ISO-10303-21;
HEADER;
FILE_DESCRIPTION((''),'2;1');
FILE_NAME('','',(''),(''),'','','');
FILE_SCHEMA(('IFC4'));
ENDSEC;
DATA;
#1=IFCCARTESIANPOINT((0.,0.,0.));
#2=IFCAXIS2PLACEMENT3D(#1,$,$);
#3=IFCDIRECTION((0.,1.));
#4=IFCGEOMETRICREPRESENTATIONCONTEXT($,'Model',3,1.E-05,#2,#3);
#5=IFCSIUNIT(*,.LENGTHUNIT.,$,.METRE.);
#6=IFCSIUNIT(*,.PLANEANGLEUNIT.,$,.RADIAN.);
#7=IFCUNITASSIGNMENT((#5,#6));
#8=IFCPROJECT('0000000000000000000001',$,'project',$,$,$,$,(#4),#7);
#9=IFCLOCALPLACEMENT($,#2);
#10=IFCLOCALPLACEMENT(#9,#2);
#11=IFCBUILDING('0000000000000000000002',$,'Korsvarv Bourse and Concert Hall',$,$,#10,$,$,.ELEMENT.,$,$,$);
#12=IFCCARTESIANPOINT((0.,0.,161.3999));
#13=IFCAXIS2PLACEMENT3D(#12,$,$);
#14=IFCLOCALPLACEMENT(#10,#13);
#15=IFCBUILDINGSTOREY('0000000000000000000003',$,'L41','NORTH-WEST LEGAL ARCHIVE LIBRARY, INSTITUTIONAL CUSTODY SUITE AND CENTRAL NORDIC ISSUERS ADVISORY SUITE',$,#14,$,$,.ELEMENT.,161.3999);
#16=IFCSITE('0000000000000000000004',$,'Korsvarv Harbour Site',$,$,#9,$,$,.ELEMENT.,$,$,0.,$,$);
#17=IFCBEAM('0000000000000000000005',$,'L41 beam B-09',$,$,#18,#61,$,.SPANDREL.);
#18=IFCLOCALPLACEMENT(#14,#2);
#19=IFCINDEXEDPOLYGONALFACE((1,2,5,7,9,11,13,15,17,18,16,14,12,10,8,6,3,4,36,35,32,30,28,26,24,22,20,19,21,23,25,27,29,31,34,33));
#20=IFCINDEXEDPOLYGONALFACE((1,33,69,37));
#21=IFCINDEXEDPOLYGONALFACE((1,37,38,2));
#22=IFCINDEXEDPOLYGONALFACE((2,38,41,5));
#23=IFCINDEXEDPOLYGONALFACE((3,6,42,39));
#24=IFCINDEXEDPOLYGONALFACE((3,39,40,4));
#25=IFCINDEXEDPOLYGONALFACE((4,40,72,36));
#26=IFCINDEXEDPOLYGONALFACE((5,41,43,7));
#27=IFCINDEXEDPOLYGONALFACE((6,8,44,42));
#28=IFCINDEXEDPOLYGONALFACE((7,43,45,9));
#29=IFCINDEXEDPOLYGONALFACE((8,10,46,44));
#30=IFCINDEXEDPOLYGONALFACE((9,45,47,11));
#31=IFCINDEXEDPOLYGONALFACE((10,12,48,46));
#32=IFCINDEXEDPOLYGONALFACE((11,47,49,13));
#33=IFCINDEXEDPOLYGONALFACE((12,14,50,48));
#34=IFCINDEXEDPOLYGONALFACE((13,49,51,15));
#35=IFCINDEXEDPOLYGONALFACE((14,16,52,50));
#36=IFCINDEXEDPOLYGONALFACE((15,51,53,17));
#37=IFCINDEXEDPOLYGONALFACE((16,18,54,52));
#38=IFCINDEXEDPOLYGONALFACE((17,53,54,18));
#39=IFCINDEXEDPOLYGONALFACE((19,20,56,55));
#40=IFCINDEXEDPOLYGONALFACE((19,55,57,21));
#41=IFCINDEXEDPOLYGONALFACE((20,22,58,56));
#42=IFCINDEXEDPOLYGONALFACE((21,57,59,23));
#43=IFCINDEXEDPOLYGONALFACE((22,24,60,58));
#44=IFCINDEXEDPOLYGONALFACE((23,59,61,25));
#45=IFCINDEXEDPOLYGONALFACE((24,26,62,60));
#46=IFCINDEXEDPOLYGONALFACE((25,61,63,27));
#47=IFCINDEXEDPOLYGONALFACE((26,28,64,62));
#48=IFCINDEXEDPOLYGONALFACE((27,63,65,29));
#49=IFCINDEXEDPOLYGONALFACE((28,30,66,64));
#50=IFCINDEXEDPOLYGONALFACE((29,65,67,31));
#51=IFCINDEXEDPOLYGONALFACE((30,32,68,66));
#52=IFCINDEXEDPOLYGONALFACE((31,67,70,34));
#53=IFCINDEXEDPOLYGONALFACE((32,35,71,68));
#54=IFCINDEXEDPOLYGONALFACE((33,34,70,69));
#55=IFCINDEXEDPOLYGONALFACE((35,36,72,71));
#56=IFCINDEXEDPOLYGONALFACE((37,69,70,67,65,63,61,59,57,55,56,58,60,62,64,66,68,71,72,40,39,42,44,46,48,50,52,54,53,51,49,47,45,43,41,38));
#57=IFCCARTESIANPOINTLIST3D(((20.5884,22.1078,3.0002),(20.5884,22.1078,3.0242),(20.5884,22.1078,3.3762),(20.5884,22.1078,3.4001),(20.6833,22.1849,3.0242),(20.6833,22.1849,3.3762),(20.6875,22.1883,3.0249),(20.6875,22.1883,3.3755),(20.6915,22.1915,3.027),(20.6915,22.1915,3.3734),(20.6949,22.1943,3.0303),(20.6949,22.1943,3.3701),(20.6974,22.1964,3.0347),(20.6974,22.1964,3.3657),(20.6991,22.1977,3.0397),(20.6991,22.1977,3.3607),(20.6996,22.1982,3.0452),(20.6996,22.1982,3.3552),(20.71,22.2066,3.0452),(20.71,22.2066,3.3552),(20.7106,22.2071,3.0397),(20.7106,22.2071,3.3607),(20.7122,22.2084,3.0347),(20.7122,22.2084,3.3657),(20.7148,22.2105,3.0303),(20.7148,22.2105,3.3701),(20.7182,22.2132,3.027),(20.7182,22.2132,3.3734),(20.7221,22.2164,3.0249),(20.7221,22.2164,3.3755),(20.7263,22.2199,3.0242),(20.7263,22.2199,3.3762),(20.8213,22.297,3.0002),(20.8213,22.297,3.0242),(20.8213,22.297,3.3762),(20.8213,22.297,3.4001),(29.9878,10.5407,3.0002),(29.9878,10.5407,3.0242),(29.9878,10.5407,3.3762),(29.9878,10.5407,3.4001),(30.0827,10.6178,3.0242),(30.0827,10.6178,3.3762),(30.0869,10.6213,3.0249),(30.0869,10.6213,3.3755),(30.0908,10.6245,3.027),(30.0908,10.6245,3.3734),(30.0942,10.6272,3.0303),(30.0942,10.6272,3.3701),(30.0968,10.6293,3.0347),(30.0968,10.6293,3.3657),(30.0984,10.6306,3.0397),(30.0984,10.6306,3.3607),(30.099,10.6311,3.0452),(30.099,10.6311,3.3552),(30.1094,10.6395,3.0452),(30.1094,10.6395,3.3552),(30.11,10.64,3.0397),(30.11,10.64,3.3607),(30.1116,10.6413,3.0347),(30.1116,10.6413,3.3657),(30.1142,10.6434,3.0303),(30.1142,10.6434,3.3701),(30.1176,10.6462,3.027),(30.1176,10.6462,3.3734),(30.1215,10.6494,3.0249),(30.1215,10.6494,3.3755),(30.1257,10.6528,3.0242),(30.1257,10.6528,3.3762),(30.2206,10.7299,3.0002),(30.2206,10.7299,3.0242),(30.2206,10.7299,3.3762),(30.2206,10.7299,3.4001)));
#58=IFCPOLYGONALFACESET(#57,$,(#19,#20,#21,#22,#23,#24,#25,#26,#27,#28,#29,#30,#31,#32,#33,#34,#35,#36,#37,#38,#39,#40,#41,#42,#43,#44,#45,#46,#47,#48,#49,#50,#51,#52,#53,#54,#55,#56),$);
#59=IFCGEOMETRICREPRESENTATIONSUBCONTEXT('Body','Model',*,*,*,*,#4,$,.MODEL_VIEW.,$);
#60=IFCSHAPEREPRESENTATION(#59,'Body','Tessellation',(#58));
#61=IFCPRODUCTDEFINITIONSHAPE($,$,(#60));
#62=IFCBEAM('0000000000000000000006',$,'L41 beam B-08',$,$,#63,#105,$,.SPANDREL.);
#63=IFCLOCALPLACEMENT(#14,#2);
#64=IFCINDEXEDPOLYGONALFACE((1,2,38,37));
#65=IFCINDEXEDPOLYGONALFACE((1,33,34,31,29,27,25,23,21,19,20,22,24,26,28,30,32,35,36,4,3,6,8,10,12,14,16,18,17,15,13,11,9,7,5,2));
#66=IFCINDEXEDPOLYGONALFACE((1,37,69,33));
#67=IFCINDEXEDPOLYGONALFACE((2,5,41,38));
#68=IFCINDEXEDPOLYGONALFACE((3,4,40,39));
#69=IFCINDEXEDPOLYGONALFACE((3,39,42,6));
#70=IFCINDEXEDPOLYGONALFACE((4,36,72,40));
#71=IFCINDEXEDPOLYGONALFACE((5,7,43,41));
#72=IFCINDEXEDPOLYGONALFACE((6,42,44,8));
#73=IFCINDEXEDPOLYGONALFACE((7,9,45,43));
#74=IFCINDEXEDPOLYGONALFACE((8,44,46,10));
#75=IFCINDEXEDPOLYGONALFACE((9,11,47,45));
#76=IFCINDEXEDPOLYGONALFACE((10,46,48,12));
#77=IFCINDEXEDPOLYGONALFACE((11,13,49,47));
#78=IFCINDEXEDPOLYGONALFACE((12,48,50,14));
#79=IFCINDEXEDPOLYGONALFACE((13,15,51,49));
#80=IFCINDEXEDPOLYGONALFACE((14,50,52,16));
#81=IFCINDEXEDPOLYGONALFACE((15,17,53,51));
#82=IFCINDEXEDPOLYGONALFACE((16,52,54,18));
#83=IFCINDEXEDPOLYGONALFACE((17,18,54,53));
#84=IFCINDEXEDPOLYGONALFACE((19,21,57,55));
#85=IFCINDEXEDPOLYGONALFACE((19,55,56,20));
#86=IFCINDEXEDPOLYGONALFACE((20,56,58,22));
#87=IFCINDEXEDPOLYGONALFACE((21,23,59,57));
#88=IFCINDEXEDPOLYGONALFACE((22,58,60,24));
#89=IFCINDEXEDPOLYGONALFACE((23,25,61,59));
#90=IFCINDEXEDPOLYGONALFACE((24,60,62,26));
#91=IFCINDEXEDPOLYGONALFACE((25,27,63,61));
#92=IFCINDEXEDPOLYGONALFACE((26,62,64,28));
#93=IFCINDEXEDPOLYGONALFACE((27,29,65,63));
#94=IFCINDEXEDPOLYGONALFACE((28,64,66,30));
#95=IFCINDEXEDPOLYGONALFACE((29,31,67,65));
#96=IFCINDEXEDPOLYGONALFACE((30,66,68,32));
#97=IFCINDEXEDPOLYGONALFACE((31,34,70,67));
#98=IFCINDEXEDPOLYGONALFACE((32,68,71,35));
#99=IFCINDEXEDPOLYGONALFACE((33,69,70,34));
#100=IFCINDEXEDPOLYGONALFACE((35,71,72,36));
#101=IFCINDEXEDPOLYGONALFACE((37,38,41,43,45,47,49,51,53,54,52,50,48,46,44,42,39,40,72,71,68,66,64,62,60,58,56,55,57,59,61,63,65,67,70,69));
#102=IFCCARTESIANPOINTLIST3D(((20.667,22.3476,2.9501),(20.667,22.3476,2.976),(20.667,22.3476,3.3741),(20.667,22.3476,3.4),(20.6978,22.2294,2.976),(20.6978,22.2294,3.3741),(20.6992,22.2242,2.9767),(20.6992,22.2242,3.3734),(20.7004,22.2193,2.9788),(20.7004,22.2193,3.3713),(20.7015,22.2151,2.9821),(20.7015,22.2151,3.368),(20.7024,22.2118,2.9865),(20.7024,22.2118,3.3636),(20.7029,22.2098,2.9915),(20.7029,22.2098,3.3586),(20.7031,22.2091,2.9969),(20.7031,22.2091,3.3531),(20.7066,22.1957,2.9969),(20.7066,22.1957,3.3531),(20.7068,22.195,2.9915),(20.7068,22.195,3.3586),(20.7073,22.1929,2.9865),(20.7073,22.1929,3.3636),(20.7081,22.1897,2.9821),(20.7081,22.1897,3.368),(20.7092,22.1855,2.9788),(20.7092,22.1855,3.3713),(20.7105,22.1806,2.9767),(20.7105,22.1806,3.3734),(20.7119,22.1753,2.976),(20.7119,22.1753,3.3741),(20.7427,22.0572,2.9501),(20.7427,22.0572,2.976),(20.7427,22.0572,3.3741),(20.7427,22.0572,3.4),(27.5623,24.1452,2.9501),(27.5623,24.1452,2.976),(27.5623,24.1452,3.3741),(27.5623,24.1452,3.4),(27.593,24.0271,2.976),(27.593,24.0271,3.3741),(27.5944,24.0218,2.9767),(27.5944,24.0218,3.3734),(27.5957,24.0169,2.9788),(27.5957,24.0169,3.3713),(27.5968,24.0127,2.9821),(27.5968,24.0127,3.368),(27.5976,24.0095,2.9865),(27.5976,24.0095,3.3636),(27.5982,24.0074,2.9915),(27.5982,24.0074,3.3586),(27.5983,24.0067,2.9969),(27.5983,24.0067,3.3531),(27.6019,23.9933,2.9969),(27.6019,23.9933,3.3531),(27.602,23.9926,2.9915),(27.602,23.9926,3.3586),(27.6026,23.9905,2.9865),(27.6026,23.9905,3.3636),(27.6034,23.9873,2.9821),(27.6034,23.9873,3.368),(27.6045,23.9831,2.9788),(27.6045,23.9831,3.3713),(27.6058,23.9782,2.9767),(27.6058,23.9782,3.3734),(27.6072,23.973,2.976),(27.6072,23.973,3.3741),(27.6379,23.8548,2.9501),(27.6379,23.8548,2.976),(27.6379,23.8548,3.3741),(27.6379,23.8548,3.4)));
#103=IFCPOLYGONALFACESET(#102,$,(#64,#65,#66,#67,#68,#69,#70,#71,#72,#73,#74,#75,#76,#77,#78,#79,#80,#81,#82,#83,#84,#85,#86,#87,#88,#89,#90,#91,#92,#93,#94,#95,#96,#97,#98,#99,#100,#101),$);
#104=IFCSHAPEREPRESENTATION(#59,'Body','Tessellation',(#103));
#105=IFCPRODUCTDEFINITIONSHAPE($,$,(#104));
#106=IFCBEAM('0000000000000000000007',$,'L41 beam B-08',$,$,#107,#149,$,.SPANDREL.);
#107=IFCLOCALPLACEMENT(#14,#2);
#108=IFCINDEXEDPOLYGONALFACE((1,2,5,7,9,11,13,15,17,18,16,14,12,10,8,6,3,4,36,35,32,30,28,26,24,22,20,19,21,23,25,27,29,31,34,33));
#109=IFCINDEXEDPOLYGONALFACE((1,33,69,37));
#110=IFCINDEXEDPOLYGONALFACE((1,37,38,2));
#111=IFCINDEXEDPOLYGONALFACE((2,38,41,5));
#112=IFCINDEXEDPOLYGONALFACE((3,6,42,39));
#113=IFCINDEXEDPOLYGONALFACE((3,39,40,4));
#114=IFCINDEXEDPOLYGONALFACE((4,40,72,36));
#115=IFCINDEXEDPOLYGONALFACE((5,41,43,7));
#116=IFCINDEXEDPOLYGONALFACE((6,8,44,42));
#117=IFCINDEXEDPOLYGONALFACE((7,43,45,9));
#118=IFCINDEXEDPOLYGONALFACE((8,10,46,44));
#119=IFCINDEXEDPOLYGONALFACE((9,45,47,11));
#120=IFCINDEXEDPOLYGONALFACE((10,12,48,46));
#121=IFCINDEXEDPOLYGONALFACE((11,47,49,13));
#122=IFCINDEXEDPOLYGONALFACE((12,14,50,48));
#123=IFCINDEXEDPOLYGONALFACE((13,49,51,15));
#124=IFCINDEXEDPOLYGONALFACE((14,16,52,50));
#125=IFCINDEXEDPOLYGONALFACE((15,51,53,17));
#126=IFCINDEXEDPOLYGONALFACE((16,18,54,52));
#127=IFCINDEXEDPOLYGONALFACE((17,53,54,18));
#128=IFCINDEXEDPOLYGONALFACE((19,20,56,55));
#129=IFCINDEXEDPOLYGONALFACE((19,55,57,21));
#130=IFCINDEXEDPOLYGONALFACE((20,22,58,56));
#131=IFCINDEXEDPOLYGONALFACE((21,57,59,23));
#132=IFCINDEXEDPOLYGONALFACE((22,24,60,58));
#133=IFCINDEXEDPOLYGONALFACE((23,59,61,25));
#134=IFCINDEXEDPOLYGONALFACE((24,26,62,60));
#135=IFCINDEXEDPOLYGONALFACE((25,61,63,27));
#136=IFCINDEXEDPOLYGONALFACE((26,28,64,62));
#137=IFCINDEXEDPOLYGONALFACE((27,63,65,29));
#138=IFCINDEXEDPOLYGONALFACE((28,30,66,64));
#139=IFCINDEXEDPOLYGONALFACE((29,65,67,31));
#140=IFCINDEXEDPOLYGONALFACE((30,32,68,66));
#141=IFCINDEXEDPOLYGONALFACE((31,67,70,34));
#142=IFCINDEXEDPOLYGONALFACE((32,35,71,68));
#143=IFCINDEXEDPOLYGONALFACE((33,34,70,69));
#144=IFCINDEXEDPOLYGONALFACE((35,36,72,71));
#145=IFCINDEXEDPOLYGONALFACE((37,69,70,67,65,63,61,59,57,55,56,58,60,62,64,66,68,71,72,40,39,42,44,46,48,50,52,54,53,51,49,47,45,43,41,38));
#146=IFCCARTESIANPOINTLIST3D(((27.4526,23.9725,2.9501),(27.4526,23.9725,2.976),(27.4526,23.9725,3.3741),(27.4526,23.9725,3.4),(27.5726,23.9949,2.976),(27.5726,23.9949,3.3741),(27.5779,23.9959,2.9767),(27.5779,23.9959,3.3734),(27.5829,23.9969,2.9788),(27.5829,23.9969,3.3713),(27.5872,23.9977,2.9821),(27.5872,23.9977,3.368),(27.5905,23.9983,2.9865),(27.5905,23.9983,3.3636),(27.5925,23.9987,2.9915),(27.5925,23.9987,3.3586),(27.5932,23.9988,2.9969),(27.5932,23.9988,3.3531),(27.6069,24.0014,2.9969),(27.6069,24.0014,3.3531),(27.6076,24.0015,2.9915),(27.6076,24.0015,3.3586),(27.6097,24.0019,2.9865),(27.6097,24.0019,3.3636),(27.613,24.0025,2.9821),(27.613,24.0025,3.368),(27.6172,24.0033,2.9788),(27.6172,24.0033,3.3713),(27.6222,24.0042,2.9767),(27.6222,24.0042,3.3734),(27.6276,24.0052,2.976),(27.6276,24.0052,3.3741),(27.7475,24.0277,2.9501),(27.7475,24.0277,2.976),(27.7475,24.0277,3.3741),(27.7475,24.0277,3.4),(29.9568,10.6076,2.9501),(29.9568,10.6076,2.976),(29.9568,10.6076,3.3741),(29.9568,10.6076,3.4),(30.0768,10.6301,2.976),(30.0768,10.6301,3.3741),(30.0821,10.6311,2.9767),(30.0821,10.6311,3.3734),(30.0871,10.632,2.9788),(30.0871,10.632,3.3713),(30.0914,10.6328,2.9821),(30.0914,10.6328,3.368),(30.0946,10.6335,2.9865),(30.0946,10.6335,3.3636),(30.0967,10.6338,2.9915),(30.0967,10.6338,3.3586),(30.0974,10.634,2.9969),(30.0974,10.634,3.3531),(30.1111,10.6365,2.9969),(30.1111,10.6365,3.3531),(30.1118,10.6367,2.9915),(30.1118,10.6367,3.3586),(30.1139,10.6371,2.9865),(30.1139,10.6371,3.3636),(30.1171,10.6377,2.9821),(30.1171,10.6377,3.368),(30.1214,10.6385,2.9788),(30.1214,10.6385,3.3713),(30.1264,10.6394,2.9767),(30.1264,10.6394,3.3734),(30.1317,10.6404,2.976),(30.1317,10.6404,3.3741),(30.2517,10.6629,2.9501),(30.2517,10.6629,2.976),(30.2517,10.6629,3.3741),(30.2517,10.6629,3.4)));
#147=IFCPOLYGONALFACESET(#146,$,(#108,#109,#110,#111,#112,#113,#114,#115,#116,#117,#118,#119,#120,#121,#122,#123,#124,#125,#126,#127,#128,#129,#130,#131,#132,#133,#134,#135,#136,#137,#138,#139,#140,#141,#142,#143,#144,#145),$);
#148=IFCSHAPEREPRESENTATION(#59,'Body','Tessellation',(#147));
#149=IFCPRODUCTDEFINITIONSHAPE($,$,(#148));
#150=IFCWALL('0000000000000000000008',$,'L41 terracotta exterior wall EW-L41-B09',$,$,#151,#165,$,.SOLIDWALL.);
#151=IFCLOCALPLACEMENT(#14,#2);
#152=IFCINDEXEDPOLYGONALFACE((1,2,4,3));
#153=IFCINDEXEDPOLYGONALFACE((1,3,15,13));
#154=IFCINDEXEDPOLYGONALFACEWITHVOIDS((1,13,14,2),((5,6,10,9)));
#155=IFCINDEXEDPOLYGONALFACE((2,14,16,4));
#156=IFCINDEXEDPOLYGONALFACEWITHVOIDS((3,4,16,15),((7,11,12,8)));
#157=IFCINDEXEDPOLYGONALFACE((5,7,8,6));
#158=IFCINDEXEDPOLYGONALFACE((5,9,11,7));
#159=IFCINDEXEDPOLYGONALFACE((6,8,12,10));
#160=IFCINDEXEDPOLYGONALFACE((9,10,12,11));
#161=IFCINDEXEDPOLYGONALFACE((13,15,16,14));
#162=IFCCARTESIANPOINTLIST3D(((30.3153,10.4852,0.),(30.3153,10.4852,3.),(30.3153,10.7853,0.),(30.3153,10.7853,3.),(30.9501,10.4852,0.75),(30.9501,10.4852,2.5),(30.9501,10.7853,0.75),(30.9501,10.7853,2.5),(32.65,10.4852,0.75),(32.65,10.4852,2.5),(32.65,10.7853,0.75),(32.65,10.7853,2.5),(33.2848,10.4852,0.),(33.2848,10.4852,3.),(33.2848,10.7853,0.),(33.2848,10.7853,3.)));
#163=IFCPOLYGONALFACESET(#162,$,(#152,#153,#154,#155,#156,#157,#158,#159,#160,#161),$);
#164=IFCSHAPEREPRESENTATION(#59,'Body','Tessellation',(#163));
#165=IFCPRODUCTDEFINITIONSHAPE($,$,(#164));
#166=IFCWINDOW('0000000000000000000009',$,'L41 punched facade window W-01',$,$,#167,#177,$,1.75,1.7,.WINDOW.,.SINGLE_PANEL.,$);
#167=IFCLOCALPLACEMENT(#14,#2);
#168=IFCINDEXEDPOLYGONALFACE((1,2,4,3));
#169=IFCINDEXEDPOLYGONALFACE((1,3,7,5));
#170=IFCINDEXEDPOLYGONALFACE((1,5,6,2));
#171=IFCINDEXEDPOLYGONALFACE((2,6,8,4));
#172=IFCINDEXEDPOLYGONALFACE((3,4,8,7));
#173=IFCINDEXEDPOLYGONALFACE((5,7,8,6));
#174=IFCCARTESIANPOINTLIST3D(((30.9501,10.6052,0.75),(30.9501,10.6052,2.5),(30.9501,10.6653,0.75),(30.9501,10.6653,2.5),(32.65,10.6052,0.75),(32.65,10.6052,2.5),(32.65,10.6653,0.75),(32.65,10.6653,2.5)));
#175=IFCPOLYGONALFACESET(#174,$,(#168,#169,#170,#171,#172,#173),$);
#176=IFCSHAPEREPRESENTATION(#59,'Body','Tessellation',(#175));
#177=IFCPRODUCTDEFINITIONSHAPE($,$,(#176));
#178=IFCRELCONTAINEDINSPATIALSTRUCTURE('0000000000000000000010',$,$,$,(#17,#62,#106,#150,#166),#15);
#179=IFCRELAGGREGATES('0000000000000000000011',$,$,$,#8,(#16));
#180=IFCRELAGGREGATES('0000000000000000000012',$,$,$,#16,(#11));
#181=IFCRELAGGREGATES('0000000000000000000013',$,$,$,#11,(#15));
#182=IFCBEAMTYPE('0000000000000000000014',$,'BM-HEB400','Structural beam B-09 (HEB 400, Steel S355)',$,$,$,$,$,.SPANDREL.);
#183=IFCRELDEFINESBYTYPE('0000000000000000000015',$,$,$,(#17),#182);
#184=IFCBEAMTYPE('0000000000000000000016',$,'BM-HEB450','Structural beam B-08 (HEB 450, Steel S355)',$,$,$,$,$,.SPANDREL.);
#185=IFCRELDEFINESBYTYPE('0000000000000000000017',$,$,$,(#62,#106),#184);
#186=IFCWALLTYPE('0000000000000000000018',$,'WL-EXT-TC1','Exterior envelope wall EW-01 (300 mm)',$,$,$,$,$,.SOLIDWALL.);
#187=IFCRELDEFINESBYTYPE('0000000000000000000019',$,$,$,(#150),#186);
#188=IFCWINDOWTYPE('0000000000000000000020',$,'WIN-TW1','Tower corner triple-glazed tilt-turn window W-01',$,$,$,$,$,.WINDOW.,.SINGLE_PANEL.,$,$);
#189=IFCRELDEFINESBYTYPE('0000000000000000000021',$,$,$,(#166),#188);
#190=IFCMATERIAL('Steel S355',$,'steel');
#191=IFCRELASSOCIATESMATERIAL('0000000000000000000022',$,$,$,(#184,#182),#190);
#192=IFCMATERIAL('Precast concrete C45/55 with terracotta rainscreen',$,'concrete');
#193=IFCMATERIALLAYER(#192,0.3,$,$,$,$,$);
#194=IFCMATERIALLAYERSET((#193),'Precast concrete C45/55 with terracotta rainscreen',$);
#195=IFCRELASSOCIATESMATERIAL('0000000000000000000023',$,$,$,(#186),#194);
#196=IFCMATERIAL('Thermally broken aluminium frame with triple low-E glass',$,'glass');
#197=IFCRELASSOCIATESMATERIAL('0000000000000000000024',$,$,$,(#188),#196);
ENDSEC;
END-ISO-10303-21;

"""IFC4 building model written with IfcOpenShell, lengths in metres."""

from ifc_helpers import new_model, si_unit, direction, frame, frame_2d, origin, origin_2d, place, context, subcontext, project, spatial, rectangle, i_section, extrude, source, transform, mapped, material, layer, layer_set, material_profile, profile_set, type_object, element, fill, save


model = new_model("IFC4")

# Units and contexts
model_context = context("Model", 3, precision=1e-05, world=origin(), true_north=direction((0.0, 1.0)))
body_context = subcontext(model_context, "Body", "Model", "MODEL_VIEW")
ifc_project = project(units=[si_unit("LENGTHUNIT", "METRE"), si_unit("PLANEANGLEUNIT", "RADIAN")], contexts=[model_context])

# Site, building, storey
site_placement = place(None, origin())
site = spatial("IfcSite", under=ifc_project, at=site_placement, Name="Korsvarv Harbour Site", CompositionType="ELEMENT", RefElevation=0.0)
building_placement = place(site_placement, origin())
building = spatial("IfcBuilding", under=site, at=building_placement, Name="Korsvarv Bourse and Concert Hall", CompositionType="ELEMENT")
storey_placement = place(building_placement, frame((0.0, 0.0, 161.3999)))
storey = spatial("IfcBuildingStorey", under=building, at=storey_placement, Name="L41", Description="NORTH-WEST LEGAL ARCHIVE LIBRARY, INSTITUTIONAL CUSTODY SUITE AND CENTRAL NORDIC ISSUERS ADVISORY SUITE", CompositionType="ELEMENT", Elevation=161.3999)

# Shared definitions
ifc_material_1 = material(Name="Steel S355", Category="steel")

# Beams
ifc_material_profile_1 = material_profile(ifc_material_1, i_section(OverallWidth=0.3, OverallDepth=0.45, WebThickness=0.0139, FlangeThickness=0.0259, FilletRadius=0.021, at=origin_2d()), Name="HEB 450")
ifc_profile_set_1 = profile_set([ifc_material_profile_1], Name="Steel S355")
beam_type_1 = type_object("IfcBeamType", Name="BM-HEB450", Description="Structural beam B-08 (HEB 450, Steel S355)", PredefinedType="SPANDREL", material=ifc_profile_set_1)
ifc_material_profile_2 = material_profile(ifc_material_1, i_section(OverallWidth=0.3, OverallDepth=0.3999, WebThickness=0.0134, FlangeThickness=0.0239, FilletRadius=0.021, at=origin_2d()), Name="HEB 400")
ifc_profile_set_2 = profile_set([ifc_material_profile_2], Name="Steel S355")
beam_type_2 = type_object("IfcBeamType", Name="BM-HEB400", Description="Structural beam B-09 (HEB 400, Steel S355)", PredefinedType="SPANDREL", material=ifc_profile_set_2)
shared_shape_1 = source(origin(), body_context, "Body", "SweptSolid", [
    extrude(i_section(OverallWidth=0.3, OverallDepth=0.3999, WebThickness=0.0134, FlangeThickness=0.0239, FilletRadius=0.021, at=origin_2d()), origin(), (0.0, 0.0, 1.0), 14.9045),
])
beam_1_placement = place(storey_placement, frame((20.7048, 22.2024, 3.2002), z_axis=(0.630638, -0.776077, 0.0), x_axis=(0.776077, 0.630638, 0.0)))
element("IfcBeam", 1, at=beam_1_placement, inside=storey, type_object=beam_type_2, Name="L41 beam B-09", PredefinedType="SPANDREL", context=body_context, shape_type="MappedRepresentation", body=[
    mapped(shared_shape_1, transform((0.0, 0.0, 0.0), scale=1.0)),
])
shared_shape_2 = source(origin(), body_context, "Body", "SweptSolid", [
    extrude(i_section(OverallWidth=0.3, OverallDepth=0.45, WebThickness=0.0139, FlangeThickness=0.0259, FilletRadius=0.021, at=origin_2d()), origin(), (0.0, 0.0, 1.0), 7.1257),
])
beam_2_placement = place(storey_placement, frame((20.7048, 22.2024, 3.175), z_axis=(0.967657, 0.25227, 0.0), x_axis=(-0.25227, 0.967657, 0.0)))
element("IfcBeam", 2, at=beam_2_placement, inside=storey, type_object=beam_type_1, Name="L41 beam B-08", PredefinedType="SPANDREL", context=body_context, shape_type="MappedRepresentation", body=[
    mapped(shared_shape_2, transform((0.0, 0.0, 0.0), scale=1.0)),
])
shared_shape_3 = source(origin(), body_context, "Body", "SweptSolid", [
    extrude(i_section(OverallWidth=0.3, OverallDepth=0.45, WebThickness=0.0139, FlangeThickness=0.0259, FilletRadius=0.021, at=origin_2d()), origin(), (0.0, 0.0, 1.0), 13.5974),
])
beam_3_placement = place(storey_placement, frame((30.1042, 10.6353, 3.175), z_axis=(-0.184165, 0.982895, 0.0), x_axis=(-0.982895, -0.184165, 0.0)))
element("IfcBeam", 3, at=beam_3_placement, inside=storey, type_object=beam_type_1, Name="L41 beam B-08", PredefinedType="SPANDREL", context=body_context, shape_type="MappedRepresentation", body=[
    mapped(shared_shape_3, transform((0.0, 0.0, 0.0), scale=1.0)),
])

# Wall, opening, window
ifc_material_2 = material(Name="Precast concrete C45/55 with terracotta rainscreen", Category="concrete")
ifc_layer_1 = layer(ifc_material_2, 0.3)
ifc_layer_set_1 = layer_set([ifc_layer_1], Name="Precast concrete C45/55 with terracotta rainscreen")
wall_type_1 = type_object("IfcWallType", Name="WL-EXT-TC1", Description="Exterior envelope wall EW-01 (300 mm)", PredefinedType="SOLIDWALL", material=ifc_layer_set_1)
wall_1_placement = place(storey_placement, frame((30.3152, 10.6353, 0.0), z_axis=(0.0, 0.0, 1.0), x_axis=(1.0, 0.0, 0.0)))
wall_1 = element("IfcWall", 4, at=wall_1_placement, inside=storey, type_object=wall_type_1, Name="L41 terracotta exterior wall EW-L41-B09", PredefinedType="SOLIDWALL", context=body_context, shape_type="SweptSolid", body=[
    extrude(rectangle(XDim=2.9695, YDim=0.3, at=frame_2d((1.4849, 0.0))), origin(), (0.0, 0.0, 1.0), 3.0),
])
opening_1_placement = place(wall_1_placement, frame((0.6348, 0.0, 0.75)))
opening_1 = element("IfcOpeningElement", 5, at=opening_1_placement, cuts=wall_1, PredefinedType="OPENING", context=body_context, shape_type="SweptSolid", body=[
    extrude(rectangle(XDim=1.7, YDim=1.75, at=frame_2d((0.8501, 0.875))), frame((0.0, 0.1602, 0.0), z_axis=(0.0, -1.0, 0.0), x_axis=(1.0, 0.0, 0.0)), (0.0, 0.0, 1.0), 0.3201),
])
ifc_material_3 = material(Name="Thermally broken aluminium frame with triple low-E glass", Category="glass")
window_type = type_object("IfcWindowType", Name="WIN-TW1", Description="Tower corner triple-glazed tilt-turn window W-01", PartitioningType="SINGLE_PANEL", PredefinedType="WINDOW", material=ifc_material_3)
window_1_placement = place(opening_1_placement, origin())
window_1 = element("IfcWindow", 6, at=window_1_placement, inside=storey, type_object=window_type, Name="L41 punched facade window W-01", OverallHeight=1.75, OverallWidth=1.7, PartitioningType="SINGLE_PANEL", PredefinedType="WINDOW", context=body_context, shape_type="SweptSolid", body=[
    extrude(rectangle(XDim=1.7, YDim=1.75, at=frame_2d((0.8501, 0.875))), frame((0.0, 0.03, 0.0), z_axis=(0.0, -1.0, 0.0), x_axis=(1.0, 0.0, 0.0)), (0.0, 0.0, 1.0), 0.0601),
])
fill(opening_1, window_1)

save(model, "model.ifc")
